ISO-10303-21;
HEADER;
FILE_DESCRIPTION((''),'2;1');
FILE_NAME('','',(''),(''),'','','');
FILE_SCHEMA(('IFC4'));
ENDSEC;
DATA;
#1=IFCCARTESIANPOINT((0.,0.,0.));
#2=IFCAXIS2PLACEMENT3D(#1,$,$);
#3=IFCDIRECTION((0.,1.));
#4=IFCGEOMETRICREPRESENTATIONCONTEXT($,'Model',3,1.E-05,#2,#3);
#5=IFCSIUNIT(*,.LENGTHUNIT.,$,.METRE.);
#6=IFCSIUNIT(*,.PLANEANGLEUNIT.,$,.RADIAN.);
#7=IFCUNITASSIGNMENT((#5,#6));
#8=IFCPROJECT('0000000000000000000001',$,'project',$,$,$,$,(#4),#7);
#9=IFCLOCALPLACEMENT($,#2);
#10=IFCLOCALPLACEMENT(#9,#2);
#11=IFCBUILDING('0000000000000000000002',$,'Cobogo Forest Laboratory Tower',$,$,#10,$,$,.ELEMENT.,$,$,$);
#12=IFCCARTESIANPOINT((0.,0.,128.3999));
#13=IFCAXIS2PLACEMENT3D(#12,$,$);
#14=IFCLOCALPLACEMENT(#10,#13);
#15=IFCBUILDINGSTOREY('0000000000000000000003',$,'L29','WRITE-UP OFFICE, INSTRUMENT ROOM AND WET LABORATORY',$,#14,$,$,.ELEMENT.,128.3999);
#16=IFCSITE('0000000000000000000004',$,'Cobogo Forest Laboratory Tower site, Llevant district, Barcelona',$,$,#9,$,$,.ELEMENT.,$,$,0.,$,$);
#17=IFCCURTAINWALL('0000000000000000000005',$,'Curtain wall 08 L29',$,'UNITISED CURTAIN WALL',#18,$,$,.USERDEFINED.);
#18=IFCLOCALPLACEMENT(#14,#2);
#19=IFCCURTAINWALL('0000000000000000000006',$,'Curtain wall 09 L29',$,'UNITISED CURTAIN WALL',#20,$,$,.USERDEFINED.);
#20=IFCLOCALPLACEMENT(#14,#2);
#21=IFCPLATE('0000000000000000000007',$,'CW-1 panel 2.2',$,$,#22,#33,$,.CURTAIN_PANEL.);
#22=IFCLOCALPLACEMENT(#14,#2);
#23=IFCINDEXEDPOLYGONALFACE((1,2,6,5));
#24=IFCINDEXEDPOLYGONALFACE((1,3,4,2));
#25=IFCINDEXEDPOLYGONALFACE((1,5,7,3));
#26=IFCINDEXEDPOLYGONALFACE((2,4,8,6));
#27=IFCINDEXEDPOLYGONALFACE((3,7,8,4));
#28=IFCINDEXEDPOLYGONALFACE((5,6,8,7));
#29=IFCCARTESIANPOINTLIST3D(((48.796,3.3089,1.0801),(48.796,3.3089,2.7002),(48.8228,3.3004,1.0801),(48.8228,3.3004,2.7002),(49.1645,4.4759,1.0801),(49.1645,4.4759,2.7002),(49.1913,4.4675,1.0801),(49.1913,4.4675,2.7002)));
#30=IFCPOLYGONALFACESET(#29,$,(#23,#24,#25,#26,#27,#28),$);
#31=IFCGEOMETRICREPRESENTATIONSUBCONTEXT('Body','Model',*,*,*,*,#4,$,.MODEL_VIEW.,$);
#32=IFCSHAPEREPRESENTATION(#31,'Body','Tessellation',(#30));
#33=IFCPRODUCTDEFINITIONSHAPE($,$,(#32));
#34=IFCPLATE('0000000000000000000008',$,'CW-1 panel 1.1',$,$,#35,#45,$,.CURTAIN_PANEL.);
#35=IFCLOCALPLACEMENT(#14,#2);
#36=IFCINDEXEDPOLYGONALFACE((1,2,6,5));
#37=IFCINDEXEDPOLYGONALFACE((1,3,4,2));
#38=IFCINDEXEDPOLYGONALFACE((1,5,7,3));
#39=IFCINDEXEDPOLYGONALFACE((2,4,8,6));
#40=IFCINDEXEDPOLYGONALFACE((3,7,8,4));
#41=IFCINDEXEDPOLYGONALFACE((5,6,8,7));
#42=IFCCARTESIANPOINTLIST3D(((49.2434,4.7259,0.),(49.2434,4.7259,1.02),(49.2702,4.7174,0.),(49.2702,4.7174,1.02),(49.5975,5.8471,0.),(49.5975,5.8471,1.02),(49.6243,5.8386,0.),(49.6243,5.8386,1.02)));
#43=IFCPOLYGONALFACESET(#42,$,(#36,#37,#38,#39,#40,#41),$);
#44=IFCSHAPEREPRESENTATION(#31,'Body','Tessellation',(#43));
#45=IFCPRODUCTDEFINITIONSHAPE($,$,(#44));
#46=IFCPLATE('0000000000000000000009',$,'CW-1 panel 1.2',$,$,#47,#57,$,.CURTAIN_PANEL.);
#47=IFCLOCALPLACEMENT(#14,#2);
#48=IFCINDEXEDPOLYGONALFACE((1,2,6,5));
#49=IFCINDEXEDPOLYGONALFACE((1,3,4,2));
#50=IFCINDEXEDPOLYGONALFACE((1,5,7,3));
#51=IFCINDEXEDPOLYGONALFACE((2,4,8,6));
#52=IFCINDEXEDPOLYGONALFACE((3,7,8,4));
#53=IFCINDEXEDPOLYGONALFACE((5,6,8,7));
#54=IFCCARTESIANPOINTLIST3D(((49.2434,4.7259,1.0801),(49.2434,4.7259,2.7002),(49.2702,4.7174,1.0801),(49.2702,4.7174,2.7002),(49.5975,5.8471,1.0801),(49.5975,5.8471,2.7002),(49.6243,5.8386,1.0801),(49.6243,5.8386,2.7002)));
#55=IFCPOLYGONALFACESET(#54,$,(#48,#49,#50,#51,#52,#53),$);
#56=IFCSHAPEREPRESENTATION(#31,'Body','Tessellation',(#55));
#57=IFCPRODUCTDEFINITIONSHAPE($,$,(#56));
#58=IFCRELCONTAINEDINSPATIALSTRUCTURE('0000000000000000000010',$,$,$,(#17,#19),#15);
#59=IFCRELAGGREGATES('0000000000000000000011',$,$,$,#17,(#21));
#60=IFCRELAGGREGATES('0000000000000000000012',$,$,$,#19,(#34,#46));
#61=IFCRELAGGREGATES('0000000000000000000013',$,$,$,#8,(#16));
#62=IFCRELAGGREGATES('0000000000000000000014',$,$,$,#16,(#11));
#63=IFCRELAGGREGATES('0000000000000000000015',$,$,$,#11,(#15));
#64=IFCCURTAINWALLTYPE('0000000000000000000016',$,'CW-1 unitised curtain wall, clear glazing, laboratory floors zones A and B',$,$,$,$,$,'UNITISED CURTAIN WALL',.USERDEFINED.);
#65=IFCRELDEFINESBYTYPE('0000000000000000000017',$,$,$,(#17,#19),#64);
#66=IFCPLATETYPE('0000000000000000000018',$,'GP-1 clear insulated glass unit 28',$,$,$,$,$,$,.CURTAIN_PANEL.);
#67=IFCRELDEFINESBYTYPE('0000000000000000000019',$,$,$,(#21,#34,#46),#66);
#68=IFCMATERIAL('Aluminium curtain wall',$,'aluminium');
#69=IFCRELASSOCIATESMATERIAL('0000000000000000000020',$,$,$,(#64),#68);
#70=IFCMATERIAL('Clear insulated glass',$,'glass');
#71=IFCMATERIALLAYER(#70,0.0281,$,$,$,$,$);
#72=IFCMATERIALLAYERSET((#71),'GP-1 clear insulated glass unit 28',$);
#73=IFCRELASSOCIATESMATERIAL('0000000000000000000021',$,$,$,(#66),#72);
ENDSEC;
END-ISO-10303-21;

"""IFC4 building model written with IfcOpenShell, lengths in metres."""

from ifc_helpers import new_model, si_unit, direction, frame, origin, origin_2d, place, context, subcontext, project, spatial, rectangle, extrude, material, layer, layer_set, type_object, element, aggregate, save


model = new_model("IFC4")

# Units and contexts
model_context = context("Model", 3, precision=1e-05, world=origin(), true_north=direction((0.0, 1.0)))
body_context = subcontext(model_context, "Body", "Model", "MODEL_VIEW")
ifc_project = project(units=[si_unit("LENGTHUNIT", "METRE"), si_unit("PLANEANGLEUNIT", "RADIAN")], contexts=[model_context])

# Site, building, storey
site_placement = place(None, origin())
site = spatial("IfcSite", under=ifc_project, at=site_placement, Name="Cobogo Forest Laboratory Tower site, Llevant district, Barcelona", CompositionType="ELEMENT", RefElevation=0.0)
building_placement = place(site_placement, origin())
building = spatial("IfcBuilding", under=site, at=building_placement, Name="Cobogo Forest Laboratory Tower", CompositionType="ELEMENT")
storey_placement = place(building_placement, frame((0.0, 0.0, 128.3999)))
storey = spatial("IfcBuildingStorey", under=building, at=storey_placement, Name="L29", Description="WRITE-UP OFFICE, INSTRUMENT ROOM AND WET LABORATORY", CompositionType="ELEMENT", Elevation=128.3999)

# Shared definitions
ifc_material_1 = material(Name="Aluminium curtain wall", Category="aluminium")
curtain_wall_type = type_object("IfcCurtainWallType", Name="CW-1 unitised curtain wall, clear glazing, laboratory floors zones A and B", ElementType="UNITISED CURTAIN WALL", PredefinedType="USERDEFINED", material=ifc_material_1)

# Curtain walls
curtain_wall_1_placement = place(storey_placement, origin())
curtain_wall_1 = element("IfcCurtainWall", 1, at=curtain_wall_1_placement, inside=storey, type_object=curtain_wall_type, Name="Curtain wall 08 L29", ObjectType="UNITISED CURTAIN WALL", PredefinedType="USERDEFINED")
curtain_wall_2_placement = place(storey_placement, origin())
curtain_wall_2 = element("IfcCurtainWall", 2, at=curtain_wall_2_placement, inside=storey, type_object=curtain_wall_type, Name="Curtain wall 09 L29", ObjectType="UNITISED CURTAIN WALL", PredefinedType="USERDEFINED")

# Plates
ifc_material_2 = material(Name="Clear insulated glass", Category="glass")
ifc_layer = layer(ifc_material_2, 0.0281)
ifc_layer_set = layer_set([ifc_layer], Name="GP-1 clear insulated glass unit 28")
plate_type = type_object("IfcPlateType", Name="GP-1 clear insulated glass unit 28", PredefinedType="CURTAIN_PANEL", material=ifc_layer_set)
plate_1_placement = place(storey_placement, frame((48.9937, 3.8882, 1.0801), z_axis=(0.0, 0.0, 1.0), x_axis=(0.301135, 0.953581, 0.0)))
plate_1 = element("IfcPlate", 3, at=plate_1_placement, type_object=plate_type, Name="CW-1 panel 2.2", PredefinedType="CURTAIN_PANEL", context=body_context, shape_type="SweptSolid", body=[
    extrude(rectangle(XDim=1.2239, YDim=0.0281, at=origin_2d()), origin(), (0.0, 0.0, 1.0), 1.6201),
])
aggregate(curtain_wall_1, [plate_1])
plate_2_placement = place(storey_placement, frame((49.4338, 5.2822, 0.0), z_axis=(0.0, 0.0, 1.0), x_axis=(0.301135, 0.953581, 0.0)))
plate_2 = element("IfcPlate", 4, at=plate_2_placement, type_object=plate_type, Name="CW-1 panel 1.1", PredefinedType="CURTAIN_PANEL", context=body_context, shape_type="SweptSolid", body=[
    extrude(rectangle(XDim=1.1758, YDim=0.0281, at=origin_2d()), origin(), (0.0, 0.0, 1.0), 1.02),
])
plate_3_placement = place(storey_placement, frame((49.4338, 5.2822, 1.0801), z_axis=(0.0, 0.0, 1.0), x_axis=(0.301135, 0.953581, 0.0)))
plate_3 = element("IfcPlate", 5, at=plate_3_placement, type_object=plate_type, Name="CW-1 panel 1.2", PredefinedType="CURTAIN_PANEL", context=body_context, shape_type="SweptSolid", body=[
    extrude(rectangle(XDim=1.1758, YDim=0.0281, at=origin_2d()), origin(), (0.0, 0.0, 1.0), 1.6201),
])
aggregate(curtain_wall_2, [plate_2, plate_3])

save(model, "model.ifc")
